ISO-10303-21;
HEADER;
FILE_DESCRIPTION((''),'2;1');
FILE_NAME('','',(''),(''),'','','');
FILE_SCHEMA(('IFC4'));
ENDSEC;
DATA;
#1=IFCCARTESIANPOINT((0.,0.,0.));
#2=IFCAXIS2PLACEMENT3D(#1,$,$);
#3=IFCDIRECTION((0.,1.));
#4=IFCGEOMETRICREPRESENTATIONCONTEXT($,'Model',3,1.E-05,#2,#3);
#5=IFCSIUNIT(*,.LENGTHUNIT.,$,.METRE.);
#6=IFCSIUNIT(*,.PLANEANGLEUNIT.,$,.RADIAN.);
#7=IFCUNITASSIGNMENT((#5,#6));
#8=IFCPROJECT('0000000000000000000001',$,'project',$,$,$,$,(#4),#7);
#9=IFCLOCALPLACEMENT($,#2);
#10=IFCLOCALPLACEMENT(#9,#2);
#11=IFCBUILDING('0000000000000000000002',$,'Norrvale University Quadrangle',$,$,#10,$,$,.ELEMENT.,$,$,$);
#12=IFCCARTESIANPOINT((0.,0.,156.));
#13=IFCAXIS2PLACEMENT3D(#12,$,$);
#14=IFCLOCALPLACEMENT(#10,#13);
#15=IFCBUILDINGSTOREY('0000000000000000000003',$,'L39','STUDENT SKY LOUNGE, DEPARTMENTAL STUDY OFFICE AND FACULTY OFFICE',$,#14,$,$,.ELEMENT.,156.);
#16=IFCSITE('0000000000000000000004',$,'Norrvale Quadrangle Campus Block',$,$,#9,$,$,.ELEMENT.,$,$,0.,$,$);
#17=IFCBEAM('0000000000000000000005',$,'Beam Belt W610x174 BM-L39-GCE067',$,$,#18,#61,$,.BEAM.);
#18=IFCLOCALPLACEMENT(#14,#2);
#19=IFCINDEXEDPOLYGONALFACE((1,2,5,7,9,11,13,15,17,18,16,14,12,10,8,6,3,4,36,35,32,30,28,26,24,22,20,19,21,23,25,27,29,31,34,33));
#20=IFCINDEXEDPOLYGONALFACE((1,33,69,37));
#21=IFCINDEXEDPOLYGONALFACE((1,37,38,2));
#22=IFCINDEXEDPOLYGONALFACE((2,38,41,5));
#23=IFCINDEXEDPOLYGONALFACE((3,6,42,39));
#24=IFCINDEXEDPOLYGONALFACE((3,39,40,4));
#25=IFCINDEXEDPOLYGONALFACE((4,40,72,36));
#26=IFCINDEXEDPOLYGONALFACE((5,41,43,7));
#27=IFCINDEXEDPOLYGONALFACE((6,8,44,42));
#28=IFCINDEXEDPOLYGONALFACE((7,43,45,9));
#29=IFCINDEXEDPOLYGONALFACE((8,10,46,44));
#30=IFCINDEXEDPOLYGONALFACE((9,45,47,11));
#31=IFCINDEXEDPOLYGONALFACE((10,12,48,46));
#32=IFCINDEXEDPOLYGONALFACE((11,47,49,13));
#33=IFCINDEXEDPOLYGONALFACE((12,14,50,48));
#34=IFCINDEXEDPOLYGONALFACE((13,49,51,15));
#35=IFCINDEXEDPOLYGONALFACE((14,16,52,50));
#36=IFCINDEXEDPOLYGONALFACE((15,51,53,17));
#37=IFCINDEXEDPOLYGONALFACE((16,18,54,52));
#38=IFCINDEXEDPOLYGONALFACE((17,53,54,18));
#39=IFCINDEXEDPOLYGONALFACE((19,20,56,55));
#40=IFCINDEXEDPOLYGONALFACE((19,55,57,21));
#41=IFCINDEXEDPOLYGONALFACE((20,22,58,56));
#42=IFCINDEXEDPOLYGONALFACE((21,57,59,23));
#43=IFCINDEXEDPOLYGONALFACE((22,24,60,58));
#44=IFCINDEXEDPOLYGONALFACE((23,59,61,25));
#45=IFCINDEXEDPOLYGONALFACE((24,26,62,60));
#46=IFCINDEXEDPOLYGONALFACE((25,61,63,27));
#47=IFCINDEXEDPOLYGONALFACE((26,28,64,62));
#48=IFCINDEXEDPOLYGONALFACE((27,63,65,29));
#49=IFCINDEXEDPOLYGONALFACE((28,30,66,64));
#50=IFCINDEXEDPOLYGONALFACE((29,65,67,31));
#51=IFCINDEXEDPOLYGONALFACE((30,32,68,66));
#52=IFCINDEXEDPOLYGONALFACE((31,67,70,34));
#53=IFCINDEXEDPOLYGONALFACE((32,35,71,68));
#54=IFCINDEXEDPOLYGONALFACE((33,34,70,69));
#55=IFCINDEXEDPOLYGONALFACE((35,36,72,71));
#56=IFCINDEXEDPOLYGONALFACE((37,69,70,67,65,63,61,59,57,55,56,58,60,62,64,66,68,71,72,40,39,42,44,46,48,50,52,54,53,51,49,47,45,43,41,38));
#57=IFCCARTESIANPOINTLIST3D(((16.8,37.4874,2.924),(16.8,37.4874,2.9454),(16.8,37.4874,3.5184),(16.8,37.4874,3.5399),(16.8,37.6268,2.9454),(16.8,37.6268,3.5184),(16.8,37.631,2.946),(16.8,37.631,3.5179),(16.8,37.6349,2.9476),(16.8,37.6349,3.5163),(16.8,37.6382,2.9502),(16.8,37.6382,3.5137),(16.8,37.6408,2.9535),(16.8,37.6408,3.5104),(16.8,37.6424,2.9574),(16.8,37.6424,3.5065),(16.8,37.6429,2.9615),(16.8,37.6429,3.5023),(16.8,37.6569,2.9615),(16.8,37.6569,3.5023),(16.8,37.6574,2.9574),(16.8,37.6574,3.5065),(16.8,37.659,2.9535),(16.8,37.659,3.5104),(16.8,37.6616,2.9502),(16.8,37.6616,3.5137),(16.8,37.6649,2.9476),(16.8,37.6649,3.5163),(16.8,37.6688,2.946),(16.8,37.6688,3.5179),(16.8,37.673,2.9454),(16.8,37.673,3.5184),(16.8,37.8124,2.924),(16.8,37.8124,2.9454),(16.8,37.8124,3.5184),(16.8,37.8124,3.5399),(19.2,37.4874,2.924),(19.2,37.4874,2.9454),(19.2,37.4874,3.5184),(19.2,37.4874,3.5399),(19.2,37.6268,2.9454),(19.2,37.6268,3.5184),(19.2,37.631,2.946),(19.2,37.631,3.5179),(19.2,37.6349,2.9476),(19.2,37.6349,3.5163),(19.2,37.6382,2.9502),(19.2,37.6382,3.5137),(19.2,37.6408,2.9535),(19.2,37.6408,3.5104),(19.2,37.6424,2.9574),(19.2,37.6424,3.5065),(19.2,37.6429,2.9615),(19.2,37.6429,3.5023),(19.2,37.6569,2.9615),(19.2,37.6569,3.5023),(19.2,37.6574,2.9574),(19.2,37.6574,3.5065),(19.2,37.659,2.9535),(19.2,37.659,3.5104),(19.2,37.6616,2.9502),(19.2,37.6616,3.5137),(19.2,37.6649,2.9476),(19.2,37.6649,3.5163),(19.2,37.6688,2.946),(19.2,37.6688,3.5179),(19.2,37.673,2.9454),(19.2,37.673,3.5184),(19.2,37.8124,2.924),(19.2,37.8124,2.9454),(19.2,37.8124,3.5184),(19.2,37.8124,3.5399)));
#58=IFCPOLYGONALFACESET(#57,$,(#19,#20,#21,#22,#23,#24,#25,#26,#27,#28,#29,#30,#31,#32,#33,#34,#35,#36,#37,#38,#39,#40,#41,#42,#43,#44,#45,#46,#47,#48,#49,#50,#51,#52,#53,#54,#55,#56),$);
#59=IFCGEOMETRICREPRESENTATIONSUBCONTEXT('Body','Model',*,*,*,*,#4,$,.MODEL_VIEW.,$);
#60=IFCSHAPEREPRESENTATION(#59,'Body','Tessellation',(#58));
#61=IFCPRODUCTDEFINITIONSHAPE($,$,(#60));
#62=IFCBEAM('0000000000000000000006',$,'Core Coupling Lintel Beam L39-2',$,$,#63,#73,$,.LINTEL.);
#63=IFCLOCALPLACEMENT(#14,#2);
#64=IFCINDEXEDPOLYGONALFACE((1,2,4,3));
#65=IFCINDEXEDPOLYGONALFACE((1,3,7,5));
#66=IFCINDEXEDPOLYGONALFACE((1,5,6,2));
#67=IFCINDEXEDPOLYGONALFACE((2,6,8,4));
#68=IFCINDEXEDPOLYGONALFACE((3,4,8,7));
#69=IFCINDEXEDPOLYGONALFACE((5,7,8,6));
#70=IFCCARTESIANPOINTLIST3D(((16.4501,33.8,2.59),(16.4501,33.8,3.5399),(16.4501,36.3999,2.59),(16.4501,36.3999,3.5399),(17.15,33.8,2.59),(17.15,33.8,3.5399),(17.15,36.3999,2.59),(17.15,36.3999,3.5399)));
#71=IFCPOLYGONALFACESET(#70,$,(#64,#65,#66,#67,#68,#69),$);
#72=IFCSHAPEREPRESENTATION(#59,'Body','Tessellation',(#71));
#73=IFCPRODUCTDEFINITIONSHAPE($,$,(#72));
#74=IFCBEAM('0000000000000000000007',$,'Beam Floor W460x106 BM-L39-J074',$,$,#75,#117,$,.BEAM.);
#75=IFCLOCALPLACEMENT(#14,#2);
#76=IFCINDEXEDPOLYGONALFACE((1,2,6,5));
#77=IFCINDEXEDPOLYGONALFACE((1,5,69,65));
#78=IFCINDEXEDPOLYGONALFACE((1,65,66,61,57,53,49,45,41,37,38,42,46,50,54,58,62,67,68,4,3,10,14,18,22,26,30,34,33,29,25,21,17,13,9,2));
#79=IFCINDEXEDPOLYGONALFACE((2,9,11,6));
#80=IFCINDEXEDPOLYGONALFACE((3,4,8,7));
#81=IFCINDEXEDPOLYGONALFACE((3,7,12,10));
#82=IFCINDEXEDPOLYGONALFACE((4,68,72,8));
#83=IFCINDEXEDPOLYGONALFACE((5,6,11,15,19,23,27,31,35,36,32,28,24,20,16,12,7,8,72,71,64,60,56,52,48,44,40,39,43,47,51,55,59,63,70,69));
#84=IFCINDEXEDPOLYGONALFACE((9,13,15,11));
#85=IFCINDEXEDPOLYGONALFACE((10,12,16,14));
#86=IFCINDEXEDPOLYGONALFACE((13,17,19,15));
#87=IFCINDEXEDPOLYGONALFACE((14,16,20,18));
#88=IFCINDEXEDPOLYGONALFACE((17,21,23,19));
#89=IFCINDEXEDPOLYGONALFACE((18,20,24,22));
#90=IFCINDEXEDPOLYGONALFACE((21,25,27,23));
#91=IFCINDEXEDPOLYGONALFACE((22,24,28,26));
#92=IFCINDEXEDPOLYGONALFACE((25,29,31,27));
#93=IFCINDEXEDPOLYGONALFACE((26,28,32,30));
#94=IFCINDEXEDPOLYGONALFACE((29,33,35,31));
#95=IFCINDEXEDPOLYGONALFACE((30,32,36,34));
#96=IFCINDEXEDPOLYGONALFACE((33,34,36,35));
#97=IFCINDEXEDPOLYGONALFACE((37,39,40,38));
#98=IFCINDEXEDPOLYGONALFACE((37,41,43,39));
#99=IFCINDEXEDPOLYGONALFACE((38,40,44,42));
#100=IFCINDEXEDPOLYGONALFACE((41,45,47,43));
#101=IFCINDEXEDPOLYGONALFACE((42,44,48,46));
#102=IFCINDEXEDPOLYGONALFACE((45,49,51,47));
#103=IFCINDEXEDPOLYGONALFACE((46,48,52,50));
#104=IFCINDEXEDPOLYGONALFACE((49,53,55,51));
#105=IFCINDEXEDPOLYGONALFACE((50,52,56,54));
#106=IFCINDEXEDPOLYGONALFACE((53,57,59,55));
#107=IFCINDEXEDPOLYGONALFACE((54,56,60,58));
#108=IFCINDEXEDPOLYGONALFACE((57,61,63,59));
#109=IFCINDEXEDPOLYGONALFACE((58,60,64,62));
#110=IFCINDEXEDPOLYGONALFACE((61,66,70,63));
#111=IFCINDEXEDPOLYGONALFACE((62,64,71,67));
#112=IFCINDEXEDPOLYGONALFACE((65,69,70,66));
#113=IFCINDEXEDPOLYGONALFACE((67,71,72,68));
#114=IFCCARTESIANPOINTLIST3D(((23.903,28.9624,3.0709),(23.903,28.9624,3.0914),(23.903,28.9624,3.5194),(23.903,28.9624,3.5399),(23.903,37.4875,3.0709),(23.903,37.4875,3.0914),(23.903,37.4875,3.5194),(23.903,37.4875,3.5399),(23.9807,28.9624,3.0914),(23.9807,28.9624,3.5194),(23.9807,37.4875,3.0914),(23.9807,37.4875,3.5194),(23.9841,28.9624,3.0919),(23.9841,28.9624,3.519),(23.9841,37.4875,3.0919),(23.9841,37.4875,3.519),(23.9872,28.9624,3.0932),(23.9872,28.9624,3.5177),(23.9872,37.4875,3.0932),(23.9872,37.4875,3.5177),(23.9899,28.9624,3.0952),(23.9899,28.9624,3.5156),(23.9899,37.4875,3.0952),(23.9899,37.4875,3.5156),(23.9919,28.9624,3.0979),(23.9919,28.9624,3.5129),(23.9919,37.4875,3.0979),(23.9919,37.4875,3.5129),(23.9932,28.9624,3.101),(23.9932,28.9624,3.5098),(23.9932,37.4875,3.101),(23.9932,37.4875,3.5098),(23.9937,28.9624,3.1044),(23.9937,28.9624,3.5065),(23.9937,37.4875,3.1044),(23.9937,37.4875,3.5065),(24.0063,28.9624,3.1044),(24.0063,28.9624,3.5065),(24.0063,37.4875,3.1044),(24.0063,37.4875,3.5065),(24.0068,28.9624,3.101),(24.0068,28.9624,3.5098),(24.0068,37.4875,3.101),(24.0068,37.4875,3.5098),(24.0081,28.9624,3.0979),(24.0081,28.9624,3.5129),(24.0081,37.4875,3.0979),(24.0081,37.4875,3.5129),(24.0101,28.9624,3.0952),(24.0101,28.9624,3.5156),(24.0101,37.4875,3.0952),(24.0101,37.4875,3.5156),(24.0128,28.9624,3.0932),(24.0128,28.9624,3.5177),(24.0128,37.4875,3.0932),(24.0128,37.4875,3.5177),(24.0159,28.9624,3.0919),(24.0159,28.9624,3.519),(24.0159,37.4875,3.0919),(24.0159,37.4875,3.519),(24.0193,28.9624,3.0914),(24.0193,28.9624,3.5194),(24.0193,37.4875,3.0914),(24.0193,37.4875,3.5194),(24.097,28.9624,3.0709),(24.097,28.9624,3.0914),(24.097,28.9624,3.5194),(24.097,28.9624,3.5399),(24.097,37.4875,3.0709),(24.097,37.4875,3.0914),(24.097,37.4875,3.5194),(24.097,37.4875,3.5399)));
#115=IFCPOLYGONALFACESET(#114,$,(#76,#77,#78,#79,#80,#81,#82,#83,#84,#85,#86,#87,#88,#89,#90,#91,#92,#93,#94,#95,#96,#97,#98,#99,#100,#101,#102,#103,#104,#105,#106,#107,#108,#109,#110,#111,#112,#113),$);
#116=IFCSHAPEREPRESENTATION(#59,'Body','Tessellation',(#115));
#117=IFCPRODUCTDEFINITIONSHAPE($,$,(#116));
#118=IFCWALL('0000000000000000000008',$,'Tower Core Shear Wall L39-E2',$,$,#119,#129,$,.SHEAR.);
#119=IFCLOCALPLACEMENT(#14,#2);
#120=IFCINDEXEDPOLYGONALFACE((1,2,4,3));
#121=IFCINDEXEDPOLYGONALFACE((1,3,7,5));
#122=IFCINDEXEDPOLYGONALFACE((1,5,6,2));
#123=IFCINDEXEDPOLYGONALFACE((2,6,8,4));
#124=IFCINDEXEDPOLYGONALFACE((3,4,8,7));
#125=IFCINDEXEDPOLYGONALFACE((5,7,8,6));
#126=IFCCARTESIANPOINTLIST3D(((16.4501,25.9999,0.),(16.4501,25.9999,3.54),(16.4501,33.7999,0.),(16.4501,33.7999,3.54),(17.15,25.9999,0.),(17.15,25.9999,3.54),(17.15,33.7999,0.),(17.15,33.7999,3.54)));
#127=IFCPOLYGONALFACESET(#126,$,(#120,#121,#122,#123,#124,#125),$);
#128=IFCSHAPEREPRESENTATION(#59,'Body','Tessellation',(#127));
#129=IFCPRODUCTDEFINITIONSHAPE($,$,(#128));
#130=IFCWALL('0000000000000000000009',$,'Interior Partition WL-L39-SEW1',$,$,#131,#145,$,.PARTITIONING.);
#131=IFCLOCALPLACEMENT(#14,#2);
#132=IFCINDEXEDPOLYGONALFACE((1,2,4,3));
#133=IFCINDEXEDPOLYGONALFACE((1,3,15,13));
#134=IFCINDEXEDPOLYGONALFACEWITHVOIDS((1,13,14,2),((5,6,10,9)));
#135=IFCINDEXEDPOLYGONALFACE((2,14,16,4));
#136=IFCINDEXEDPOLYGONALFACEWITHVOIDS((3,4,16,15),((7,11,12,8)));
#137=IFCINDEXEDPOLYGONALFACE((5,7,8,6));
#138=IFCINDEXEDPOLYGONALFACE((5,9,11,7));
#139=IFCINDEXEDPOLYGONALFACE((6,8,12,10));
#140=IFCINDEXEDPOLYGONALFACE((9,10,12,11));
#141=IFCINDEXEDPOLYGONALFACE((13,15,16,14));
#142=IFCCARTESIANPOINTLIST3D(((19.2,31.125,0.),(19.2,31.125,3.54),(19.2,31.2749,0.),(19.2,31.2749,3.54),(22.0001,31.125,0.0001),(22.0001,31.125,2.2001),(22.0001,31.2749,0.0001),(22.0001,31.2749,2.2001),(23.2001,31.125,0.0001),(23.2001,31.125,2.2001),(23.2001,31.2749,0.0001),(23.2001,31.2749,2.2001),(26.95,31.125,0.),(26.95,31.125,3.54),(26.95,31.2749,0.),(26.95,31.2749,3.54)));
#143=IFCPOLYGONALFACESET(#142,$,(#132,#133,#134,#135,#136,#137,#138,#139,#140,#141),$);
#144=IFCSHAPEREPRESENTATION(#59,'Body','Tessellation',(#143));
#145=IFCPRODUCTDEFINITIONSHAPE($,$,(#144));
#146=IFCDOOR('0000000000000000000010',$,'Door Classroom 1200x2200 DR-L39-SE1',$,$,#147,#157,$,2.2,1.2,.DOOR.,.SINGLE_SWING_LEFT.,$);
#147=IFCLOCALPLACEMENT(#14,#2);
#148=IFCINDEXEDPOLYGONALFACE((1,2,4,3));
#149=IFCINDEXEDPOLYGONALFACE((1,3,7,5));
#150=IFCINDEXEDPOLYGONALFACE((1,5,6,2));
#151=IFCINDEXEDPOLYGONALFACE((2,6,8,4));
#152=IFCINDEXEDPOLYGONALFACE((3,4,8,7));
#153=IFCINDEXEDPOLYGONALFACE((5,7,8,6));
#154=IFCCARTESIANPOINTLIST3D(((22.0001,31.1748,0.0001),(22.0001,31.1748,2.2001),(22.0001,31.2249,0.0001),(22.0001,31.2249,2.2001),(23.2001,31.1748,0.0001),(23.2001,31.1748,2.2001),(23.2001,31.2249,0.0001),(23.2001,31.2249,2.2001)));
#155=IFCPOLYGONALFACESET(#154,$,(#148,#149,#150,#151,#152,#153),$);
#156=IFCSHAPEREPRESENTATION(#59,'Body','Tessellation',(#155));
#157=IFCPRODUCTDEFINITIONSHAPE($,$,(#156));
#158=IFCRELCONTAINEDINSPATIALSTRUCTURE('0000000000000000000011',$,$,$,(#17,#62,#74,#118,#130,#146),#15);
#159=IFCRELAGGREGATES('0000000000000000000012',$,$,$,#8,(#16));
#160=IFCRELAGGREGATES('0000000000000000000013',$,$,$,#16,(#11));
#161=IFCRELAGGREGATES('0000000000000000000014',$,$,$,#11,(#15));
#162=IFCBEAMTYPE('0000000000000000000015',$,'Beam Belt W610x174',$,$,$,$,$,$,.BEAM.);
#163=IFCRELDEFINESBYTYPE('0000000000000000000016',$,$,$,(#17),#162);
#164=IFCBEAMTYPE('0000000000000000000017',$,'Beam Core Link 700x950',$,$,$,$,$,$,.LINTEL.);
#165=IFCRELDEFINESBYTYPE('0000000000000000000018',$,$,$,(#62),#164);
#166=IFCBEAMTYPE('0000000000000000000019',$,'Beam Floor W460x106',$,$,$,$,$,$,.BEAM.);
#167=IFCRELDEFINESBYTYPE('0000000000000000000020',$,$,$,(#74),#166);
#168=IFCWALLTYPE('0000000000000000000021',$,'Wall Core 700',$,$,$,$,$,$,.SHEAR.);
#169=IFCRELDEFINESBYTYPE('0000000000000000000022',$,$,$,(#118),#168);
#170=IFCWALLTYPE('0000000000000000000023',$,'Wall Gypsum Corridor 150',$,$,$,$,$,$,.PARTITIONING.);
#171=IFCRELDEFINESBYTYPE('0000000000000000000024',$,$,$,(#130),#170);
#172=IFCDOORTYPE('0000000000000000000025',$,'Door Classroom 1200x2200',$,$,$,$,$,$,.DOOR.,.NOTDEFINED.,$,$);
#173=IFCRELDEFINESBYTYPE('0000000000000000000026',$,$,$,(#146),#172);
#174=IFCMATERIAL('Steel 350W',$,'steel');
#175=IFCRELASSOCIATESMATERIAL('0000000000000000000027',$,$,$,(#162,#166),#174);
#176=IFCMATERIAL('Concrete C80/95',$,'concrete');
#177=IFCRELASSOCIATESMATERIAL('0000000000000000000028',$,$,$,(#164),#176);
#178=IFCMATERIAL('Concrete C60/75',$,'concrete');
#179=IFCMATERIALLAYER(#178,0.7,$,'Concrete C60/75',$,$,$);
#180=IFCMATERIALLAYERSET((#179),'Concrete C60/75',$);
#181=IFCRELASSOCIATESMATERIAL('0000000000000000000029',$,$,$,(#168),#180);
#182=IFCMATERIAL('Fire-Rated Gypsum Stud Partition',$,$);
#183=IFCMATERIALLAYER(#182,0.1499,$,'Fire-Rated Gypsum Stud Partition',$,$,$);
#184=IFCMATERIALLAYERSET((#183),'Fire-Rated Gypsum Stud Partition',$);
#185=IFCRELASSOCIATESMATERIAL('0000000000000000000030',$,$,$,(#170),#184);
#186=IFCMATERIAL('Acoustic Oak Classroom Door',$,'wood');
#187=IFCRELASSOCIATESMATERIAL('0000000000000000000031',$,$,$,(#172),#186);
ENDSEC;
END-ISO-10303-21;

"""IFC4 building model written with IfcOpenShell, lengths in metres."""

from ifc_helpers import new_model, si_unit, direction, frame, frame_2d, origin, origin_2d, place, context, subcontext, project, spatial, rectangle, i_section, extrude, material, layer, layer_set, material_profile, profile_set, type_object, element, fill, save


model = new_model("IFC4")

# Units and contexts
model_context = context("Model", 3, precision=1e-05, world=origin(), true_north=direction((0.0, 1.0)))
body_context = subcontext(model_context, "Body", "Model", "MODEL_VIEW")
ifc_project = project(units=[si_unit("LENGTHUNIT", "METRE"), si_unit("PLANEANGLEUNIT", "RADIAN")], contexts=[model_context])

# Site, building, storey
site_placement = place(None, origin())
site = spatial("IfcSite", under=ifc_project, at=site_placement, Name="Norrvale Quadrangle Campus Block", CompositionType="ELEMENT", RefElevation=0.0)
building_placement = place(site_placement, origin())
building = spatial("IfcBuilding", under=site, at=building_placement, Name="Norrvale University Quadrangle", CompositionType="ELEMENT")
storey_placement = place(building_placement, frame((0.0, 0.0, 156.0)))
storey = spatial("IfcBuildingStorey", under=building, at=storey_placement, Name="L39", Description="STUDENT SKY LOUNGE, DEPARTMENTAL STUDY OFFICE AND FACULTY OFFICE", CompositionType="ELEMENT", Elevation=156.0)

# Shared definitions
ifc_material_1 = material(Name="Concrete C60/75", Category="concrete")

# Beams
ifc_material_2 = material(Name="Steel 350W", Category="steel")
ifc_material_profile_1 = material_profile(ifc_material_2, i_section(OverallWidth=0.325, OverallDepth=0.616, WebThickness=0.0139, FlangeThickness=0.0215, FilletRadius=0.0161, at=origin_2d()), Name="Steel 350W")
ifc_profile_set_1 = profile_set([ifc_material_profile_1], Name="Steel 350W")
beam_type_1 = type_object("IfcBeamType", Name="Beam Belt W610x174", PredefinedType="BEAM", material=ifc_profile_set_1)
for number, where, z_axis, x_axis, name in (
    (1, (16.8, 37.6499, 3.2319), (1.0, 0.0, 0.0), (0.0, 1.0, 0.0), "Beam Belt W610x174 BM-L39-GCE067"),
):
    element("IfcBeam", number, at=place(storey_placement, frame(where, z_axis=z_axis, x_axis=x_axis)), inside=storey, type_object=beam_type_1, Name=name, PredefinedType="BEAM", context=body_context, shape_type="SweptSolid", body=[
        extrude(i_section(OverallWidth=0.325, OverallDepth=0.616, WebThickness=0.0139, FlangeThickness=0.0215, FilletRadius=0.0161, at=origin_2d()), origin(), (0.0, 0.0, 1.0), 2.3999),
    ])
ifc_material_3 = material(Name="Concrete C80/95", Category="concrete")
ifc_material_profile_2 = material_profile(ifc_material_3, rectangle(XDim=0.7, YDim=0.95, at=origin_2d()), Name="Concrete C80/95")
ifc_profile_set_2 = profile_set([ifc_material_profile_2], Name="Concrete C80/95")
beam_type_2 = type_object("IfcBeamType", Name="Beam Core Link 700x950", PredefinedType="LINTEL", material=ifc_profile_set_2)
beam_1_placement = place(storey_placement, frame((16.8, 33.8, 3.0649), z_axis=(0.0, 1.0, 0.0), x_axis=(-1.0, 0.0, 0.0)))
element("IfcBeam", 2, at=beam_1_placement, inside=storey, type_object=beam_type_2, Name="Core Coupling Lintel Beam L39-2", PredefinedType="LINTEL", context=body_context, shape_type="SweptSolid", body=[
    extrude(rectangle(XDim=0.7, YDim=0.95, at=origin_2d()), origin(), (0.0, 0.0, 1.0), 2.5999),
])
ifc_material_profile_3 = material_profile(ifc_material_2, i_section(OverallWidth=0.1941, OverallDepth=0.469, WebThickness=0.0127, FlangeThickness=0.0205, FilletRadius=0.0129, at=origin_2d()), Name="Steel 350W")
ifc_profile_set_3 = profile_set([ifc_material_profile_3], Name="Steel 350W")
beam_type_3 = type_object("IfcBeamType", Name="Beam Floor W460x106", PredefinedType="BEAM", material=ifc_profile_set_3)
beam_2_placement = place(storey_placement, frame((24.0, 28.9624, 3.3054), z_axis=(0.0, 1.0, 0.0), x_axis=(-1.0, 0.0, 0.0)))
element("IfcBeam", 3, at=beam_2_placement, inside=storey, type_object=beam_type_3, Name="Beam Floor W460x106 BM-L39-J074", PredefinedType="BEAM", context=body_context, shape_type="SweptSolid", body=[
    extrude(i_section(OverallWidth=0.1941, OverallDepth=0.469, WebThickness=0.0127, FlangeThickness=0.0205, FilletRadius=0.0129, at=origin_2d()), origin(), (0.0, 0.0, 1.0), 8.5251),
])

# Wall
ifc_layer_1 = layer(ifc_material_1, 0.7, Name="Concrete C60/75")
ifc_layer_set_1 = layer_set([ifc_layer_1], Name="Concrete C60/75")
wall_type_1 = type_object("IfcWallType", Name="Wall Core 700", PredefinedType="SHEAR", material=ifc_layer_set_1)
wall_1_placement = place(storey_placement, frame((16.8, 26.0, 0.0), z_axis=(0.0, 0.0, 1.0), x_axis=(0.0, 1.0, 0.0)))
element("IfcWall", 4, at=wall_1_placement, inside=storey, type_object=wall_type_1, Name="Tower Core Shear Wall L39-E2", PredefinedType="SHEAR", context=body_context, shape_type="SweptSolid", body=[
    extrude(rectangle(XDim=7.8, YDim=0.7, at=frame_2d((3.8999, 0.0))), origin(), (0.0, 0.0, 1.0), 3.54),
])

# Wall, opening, door
ifc_material_4 = material(Name="Fire-Rated Gypsum Stud Partition")
ifc_layer_2 = layer(ifc_material_4, 0.1499, Name="Fire-Rated Gypsum Stud Partition")
ifc_layer_set_2 = layer_set([ifc_layer_2], Name="Fire-Rated Gypsum Stud Partition")
wall_type_2 = type_object("IfcWallType", Name="Wall Gypsum Corridor 150", PredefinedType="PARTITIONING", material=ifc_layer_set_2)
wall_2_placement = place(storey_placement, frame((19.2, 31.2, 0.0), z_axis=(0.0, 0.0, 1.0), x_axis=(1.0, 0.0, 0.0)))
wall_2 = element("IfcWall", 5, at=wall_2_placement, inside=storey, type_object=wall_type_2, Name="Interior Partition WL-L39-SEW1", PredefinedType="PARTITIONING", context=body_context, shape_type="SweptSolid", body=[
    extrude(rectangle(XDim=7.75, YDim=0.1499, at=frame_2d((3.875, 0.0))), origin(), (0.0, 0.0, 1.0), 3.54),
])
opening_1_placement = place(wall_2_placement, frame((2.8, 0.0, 0.0)))
opening_1 = element("IfcOpeningElement", 6, at=opening_1_placement, cuts=wall_2, PredefinedType="OPENING", context=body_context, shape_type="SweptSolid", body=[
    extrude(rectangle(XDim=1.2, YDim=2.2, at=frame_2d((0.6001, 1.1001))), frame((0.0, 0.0869, 0.0), z_axis=(0.0, -1.0, 0.0), x_axis=(1.0, 0.0, 0.0)), (0.0, 0.0, 1.0), 0.1738),
])
ifc_material_5 = material(Name="Acoustic Oak Classroom Door", Category="wood")
door_type_1 = type_object("IfcDoorType", Name="Door Classroom 1200x2200", OperationType="NOTDEFINED", PredefinedType="DOOR", material=ifc_material_5)
door_1_placement = place(opening_1_placement, origin())
door_1 = element("IfcDoor", 7, at=door_1_placement, inside=storey, type_object=door_type_1, Name="Door Classroom 1200x2200 DR-L39-SE1", OperationType="SINGLE_SWING_LEFT", OverallHeight=2.2, OverallWidth=1.2, PredefinedType="DOOR", context=body_context, shape_type="SweptSolid", body=[
    extrude(rectangle(XDim=1.2, YDim=2.2, at=frame_2d((0.6001, 1.1001))), frame((0.0, 0.0249, 0.0), z_axis=(0.0, -1.0, 0.0), x_axis=(1.0, 0.0, 0.0)), (0.0, 0.0, 1.0), 0.05),
])
fill(opening_1, door_1)

save(model, "model.ifc")
